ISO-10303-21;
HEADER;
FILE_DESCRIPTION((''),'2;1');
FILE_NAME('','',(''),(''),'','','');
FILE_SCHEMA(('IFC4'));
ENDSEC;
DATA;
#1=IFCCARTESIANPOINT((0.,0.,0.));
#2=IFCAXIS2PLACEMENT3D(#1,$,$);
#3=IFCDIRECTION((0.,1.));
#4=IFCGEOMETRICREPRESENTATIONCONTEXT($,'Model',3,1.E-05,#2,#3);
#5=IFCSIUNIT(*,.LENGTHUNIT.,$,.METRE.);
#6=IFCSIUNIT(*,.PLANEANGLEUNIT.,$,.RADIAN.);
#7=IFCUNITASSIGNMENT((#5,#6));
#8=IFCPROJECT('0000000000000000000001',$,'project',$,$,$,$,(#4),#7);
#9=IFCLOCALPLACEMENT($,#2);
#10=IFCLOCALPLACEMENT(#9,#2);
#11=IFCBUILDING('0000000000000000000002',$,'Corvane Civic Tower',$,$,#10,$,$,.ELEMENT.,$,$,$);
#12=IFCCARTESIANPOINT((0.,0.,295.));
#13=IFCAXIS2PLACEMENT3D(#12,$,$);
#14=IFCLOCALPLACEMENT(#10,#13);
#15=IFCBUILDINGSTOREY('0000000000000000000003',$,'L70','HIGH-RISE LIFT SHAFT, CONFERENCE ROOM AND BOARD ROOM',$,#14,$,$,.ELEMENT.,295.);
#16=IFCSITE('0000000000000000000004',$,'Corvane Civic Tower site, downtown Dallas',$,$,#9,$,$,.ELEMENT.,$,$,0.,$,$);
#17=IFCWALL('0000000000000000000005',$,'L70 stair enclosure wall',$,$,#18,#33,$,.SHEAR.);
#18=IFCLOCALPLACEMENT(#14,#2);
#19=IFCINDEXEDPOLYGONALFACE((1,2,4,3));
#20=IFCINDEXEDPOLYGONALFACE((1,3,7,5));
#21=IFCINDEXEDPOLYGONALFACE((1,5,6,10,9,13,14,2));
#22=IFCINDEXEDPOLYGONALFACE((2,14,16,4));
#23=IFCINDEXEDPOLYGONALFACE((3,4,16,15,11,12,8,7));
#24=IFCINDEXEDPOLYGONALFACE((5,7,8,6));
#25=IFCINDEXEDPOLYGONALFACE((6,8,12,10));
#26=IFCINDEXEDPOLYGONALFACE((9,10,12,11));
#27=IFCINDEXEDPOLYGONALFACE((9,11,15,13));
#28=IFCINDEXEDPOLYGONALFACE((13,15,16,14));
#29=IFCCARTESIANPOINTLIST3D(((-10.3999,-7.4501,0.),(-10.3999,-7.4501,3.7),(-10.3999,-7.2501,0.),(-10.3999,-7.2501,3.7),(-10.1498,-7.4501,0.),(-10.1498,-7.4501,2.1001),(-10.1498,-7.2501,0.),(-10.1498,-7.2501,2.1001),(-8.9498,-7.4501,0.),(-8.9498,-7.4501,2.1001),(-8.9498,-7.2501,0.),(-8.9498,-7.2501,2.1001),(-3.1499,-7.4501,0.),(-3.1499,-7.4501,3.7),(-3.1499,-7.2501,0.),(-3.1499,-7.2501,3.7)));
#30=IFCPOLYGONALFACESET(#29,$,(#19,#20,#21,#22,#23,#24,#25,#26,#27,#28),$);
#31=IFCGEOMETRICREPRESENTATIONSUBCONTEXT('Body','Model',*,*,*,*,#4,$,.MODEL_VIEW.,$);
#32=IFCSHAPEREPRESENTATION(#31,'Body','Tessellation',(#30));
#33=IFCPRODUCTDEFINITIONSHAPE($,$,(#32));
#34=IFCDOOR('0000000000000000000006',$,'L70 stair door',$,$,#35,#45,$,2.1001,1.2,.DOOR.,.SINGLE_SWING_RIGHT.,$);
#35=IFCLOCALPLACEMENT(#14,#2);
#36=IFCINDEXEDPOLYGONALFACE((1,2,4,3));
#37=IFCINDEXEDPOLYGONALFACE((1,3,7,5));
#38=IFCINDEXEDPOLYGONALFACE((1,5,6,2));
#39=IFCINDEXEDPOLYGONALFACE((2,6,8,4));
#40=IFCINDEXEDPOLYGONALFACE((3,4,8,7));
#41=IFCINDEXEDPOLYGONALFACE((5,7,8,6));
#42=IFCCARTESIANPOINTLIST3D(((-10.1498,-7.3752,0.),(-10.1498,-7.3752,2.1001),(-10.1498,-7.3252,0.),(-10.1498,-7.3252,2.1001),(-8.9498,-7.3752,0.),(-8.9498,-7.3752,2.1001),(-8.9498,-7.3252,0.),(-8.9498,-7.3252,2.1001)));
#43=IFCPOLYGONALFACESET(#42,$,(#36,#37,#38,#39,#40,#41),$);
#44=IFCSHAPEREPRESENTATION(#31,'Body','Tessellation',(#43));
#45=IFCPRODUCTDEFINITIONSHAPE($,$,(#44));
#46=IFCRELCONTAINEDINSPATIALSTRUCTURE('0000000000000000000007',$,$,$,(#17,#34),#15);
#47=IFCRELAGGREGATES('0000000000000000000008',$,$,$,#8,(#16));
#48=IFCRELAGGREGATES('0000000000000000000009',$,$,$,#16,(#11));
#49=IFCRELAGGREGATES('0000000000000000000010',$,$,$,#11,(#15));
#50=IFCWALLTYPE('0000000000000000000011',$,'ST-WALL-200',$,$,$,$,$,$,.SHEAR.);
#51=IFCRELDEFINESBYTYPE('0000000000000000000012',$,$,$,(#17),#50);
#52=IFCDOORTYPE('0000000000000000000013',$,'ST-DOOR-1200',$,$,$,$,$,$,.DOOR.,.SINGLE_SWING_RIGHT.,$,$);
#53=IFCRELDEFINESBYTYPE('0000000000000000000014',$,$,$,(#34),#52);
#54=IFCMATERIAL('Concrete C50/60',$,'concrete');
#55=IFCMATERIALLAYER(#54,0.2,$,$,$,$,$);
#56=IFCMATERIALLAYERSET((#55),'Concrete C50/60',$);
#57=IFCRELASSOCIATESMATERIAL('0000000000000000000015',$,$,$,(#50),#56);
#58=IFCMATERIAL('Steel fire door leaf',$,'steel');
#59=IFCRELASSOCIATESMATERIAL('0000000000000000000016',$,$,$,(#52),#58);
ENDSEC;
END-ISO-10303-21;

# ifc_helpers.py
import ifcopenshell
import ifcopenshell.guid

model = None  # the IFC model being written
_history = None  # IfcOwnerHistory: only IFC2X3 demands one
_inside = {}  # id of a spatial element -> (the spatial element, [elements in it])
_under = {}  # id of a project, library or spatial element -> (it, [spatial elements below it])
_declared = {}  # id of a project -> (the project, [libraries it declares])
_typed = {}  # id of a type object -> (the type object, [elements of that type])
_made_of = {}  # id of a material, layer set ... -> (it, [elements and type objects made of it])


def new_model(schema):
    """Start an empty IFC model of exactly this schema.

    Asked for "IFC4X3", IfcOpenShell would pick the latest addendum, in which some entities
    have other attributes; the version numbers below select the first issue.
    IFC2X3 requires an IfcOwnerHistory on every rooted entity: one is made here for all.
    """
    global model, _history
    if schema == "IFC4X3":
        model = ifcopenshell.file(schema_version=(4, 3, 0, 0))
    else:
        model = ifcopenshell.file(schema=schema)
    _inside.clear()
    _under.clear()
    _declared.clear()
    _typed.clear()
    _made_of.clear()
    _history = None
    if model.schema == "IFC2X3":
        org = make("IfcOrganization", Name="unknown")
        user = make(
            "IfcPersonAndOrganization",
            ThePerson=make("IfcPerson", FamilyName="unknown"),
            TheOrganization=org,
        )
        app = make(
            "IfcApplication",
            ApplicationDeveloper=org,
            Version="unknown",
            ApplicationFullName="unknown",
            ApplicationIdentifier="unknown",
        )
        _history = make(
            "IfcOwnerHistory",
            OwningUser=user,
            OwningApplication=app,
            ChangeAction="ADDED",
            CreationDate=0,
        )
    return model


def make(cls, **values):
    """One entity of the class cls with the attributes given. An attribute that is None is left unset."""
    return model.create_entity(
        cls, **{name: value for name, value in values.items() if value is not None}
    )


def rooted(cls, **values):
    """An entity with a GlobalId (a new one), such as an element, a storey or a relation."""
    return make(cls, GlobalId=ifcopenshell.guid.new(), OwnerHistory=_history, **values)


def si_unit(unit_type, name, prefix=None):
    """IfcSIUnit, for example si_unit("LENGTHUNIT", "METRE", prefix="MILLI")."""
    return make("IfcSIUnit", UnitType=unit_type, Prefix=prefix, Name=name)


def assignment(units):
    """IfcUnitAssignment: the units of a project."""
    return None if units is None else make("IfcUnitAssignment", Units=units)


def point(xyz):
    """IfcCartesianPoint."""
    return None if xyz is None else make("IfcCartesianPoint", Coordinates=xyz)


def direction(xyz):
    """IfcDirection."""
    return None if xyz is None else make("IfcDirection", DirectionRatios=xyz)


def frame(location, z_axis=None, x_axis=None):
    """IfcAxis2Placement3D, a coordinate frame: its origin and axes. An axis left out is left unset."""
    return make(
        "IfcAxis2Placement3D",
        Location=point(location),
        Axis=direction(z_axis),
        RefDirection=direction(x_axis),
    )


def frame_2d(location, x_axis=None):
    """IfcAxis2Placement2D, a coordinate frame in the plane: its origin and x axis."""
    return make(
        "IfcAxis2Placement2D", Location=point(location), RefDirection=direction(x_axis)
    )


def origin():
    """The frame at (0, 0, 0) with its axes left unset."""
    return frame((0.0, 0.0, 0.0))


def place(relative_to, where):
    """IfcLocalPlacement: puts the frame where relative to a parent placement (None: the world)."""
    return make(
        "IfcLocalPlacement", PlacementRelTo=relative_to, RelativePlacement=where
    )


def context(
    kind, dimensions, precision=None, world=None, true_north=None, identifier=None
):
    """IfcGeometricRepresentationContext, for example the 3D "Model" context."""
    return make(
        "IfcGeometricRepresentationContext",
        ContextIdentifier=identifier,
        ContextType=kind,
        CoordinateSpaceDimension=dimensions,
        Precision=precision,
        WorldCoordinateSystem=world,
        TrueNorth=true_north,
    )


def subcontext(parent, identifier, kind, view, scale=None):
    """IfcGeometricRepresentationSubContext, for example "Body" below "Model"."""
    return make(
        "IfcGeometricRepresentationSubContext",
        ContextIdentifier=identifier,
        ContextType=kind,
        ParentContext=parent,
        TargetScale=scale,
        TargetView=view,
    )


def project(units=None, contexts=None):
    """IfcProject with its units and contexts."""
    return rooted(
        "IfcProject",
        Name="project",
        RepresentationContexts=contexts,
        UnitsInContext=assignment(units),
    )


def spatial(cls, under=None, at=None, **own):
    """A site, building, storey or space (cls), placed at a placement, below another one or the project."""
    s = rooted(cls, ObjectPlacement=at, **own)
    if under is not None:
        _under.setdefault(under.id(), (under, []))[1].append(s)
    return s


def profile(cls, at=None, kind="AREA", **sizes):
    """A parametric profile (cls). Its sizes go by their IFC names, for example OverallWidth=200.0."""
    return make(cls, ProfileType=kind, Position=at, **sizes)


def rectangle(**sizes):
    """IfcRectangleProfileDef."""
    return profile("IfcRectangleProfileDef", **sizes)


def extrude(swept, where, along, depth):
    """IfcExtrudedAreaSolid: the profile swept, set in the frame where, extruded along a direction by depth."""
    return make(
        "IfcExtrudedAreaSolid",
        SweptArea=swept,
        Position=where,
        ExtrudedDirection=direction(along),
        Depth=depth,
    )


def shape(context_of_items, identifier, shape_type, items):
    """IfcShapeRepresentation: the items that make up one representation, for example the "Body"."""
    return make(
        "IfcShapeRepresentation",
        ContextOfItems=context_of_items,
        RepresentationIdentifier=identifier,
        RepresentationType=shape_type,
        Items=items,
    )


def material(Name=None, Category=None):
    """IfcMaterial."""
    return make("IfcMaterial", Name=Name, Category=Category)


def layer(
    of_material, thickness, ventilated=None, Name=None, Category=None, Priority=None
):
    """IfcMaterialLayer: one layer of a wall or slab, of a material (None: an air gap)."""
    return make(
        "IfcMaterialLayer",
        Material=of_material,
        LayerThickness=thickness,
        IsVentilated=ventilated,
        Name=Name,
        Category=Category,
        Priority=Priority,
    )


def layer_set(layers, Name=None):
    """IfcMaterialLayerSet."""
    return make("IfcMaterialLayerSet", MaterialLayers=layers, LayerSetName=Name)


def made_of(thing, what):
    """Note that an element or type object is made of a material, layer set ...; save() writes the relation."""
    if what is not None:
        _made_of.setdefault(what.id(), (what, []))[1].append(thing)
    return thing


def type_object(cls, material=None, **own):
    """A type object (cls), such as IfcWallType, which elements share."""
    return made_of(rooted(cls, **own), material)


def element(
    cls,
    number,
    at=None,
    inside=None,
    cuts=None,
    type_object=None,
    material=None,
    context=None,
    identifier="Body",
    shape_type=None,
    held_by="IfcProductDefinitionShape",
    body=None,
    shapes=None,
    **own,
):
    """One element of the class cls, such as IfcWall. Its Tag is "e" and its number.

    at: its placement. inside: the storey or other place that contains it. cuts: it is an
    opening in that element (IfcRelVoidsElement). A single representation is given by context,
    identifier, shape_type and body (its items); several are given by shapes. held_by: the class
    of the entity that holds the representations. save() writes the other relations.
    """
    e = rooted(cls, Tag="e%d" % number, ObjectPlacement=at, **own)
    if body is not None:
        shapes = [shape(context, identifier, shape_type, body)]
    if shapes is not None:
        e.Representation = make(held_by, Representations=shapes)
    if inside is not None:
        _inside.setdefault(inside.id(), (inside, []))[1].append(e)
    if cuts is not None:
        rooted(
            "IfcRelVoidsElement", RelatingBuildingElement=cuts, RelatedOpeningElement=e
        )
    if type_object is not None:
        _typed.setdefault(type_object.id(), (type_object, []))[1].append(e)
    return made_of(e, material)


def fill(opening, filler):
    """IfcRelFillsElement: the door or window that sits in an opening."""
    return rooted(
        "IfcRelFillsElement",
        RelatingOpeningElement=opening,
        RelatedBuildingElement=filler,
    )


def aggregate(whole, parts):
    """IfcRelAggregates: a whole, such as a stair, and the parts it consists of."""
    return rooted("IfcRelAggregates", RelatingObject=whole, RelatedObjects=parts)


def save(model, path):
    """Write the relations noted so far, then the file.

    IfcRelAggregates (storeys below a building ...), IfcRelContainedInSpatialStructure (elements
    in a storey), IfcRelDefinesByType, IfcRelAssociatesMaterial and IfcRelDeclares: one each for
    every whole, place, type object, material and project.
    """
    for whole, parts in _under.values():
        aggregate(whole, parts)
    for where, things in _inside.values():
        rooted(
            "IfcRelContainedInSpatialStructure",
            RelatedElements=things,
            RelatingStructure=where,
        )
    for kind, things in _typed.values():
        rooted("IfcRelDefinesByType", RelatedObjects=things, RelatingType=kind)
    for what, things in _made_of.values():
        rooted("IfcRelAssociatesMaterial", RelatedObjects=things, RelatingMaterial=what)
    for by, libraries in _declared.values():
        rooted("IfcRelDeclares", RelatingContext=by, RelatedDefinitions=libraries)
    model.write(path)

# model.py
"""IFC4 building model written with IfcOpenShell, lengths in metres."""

from ifc_helpers import new_model, si_unit, direction, frame, frame_2d, origin, place, context, subcontext, project, spatial, rectangle, extrude, material, layer, layer_set, type_object, element, fill, save


model = new_model("IFC4")

# Units and contexts
model_context = context("Model", 3, precision=1e-05, world=origin(), true_north=direction((0.0, 1.0)))
body_context = subcontext(model_context, "Body", "Model", "MODEL_VIEW")
ifc_project = project(units=[si_unit("LENGTHUNIT", "METRE"), si_unit("PLANEANGLEUNIT", "RADIAN")], contexts=[model_context])

# Site, building, storey
site_placement = place(None, origin())
site = spatial("IfcSite", under=ifc_project, at=site_placement, Name="Corvane Civic Tower site, downtown Dallas", CompositionType="ELEMENT", RefElevation=0.0)
building_placement = place(site_placement, origin())
building = spatial("IfcBuilding", under=site, at=building_placement, Name="Corvane Civic Tower", CompositionType="ELEMENT")
storey_placement = place(building_placement, frame((0.0, 0.0, 295.0)))
storey = spatial("IfcBuildingStorey", under=building, at=storey_placement, Name="L70", Description="HIGH-RISE LIFT SHAFT, CONFERENCE ROOM AND BOARD ROOM", CompositionType="ELEMENT", Elevation=295.0)

# Wall, opening, door
ifc_material_1 = material(Name="Concrete C50/60", Category="concrete")
ifc_layer_1 = layer(ifc_material_1, 0.2)
ifc_layer_set_1 = layer_set([ifc_layer_1], Name="Concrete C50/60")
wall_type_1 = type_object("IfcWallType", Name="ST-WALL-200", PredefinedType="SHEAR", material=ifc_layer_set_1)
wall_1_placement = place(storey_placement, frame((-10.3999, -7.3501, 0.0), z_axis=(0.0, 0.0, 1.0), x_axis=(1.0, 0.0, 0.0)))
wall_1 = element("IfcWall", 1, at=wall_1_placement, inside=storey, type_object=wall_type_1, Name="L70 stair enclosure wall", PredefinedType="SHEAR", context=body_context, shape_type="SweptSolid", body=[
    extrude(rectangle(XDim=7.25, YDim=0.2, at=frame_2d((3.625, 0.0))), origin(), (0.0, 0.0, 1.0), 3.7),
])
opening_1_placement = place(wall_1_placement, frame((0.25, 0.0, 0.0)))
opening_1 = element("IfcOpeningElement", 2, at=opening_1_placement, cuts=wall_1, PredefinedType="OPENING", context=body_context, shape_type="SweptSolid", body=[
    extrude(rectangle(XDim=1.2, YDim=2.1001, at=frame_2d((0.6001, 1.05))), frame((0.0, 0.1099, 0.0), z_axis=(0.0, -1.0, 0.0), x_axis=(1.0, 0.0, 0.0)), (0.0, 0.0, 1.0), 0.22),
])
ifc_material_2 = material(Name="Steel fire door leaf", Category="steel")
door_type_1 = type_object("IfcDoorType", Name="ST-DOOR-1200", OperationType="SINGLE_SWING_RIGHT", PredefinedType="DOOR", material=ifc_material_2)
door_1_placement = place(opening_1_placement, origin())
door_1 = element("IfcDoor", 3, at=door_1_placement, inside=storey, type_object=door_type_1, Name="L70 stair door", OperationType="SINGLE_SWING_RIGHT", OverallHeight=2.1001, OverallWidth=1.2, PredefinedType="DOOR", context=body_context, shape_type="SweptSolid", body=[
    extrude(rectangle(XDim=1.2, YDim=2.1001, at=frame_2d((0.6001, 1.05))), frame((0.0, 0.0249, 0.0), z_axis=(0.0, -1.0, 0.0), x_axis=(1.0, 0.0, 0.0)), (0.0, 0.0, 1.0), 0.05),
])
fill(opening_1, door_1)

save(model, "model.ifc")
